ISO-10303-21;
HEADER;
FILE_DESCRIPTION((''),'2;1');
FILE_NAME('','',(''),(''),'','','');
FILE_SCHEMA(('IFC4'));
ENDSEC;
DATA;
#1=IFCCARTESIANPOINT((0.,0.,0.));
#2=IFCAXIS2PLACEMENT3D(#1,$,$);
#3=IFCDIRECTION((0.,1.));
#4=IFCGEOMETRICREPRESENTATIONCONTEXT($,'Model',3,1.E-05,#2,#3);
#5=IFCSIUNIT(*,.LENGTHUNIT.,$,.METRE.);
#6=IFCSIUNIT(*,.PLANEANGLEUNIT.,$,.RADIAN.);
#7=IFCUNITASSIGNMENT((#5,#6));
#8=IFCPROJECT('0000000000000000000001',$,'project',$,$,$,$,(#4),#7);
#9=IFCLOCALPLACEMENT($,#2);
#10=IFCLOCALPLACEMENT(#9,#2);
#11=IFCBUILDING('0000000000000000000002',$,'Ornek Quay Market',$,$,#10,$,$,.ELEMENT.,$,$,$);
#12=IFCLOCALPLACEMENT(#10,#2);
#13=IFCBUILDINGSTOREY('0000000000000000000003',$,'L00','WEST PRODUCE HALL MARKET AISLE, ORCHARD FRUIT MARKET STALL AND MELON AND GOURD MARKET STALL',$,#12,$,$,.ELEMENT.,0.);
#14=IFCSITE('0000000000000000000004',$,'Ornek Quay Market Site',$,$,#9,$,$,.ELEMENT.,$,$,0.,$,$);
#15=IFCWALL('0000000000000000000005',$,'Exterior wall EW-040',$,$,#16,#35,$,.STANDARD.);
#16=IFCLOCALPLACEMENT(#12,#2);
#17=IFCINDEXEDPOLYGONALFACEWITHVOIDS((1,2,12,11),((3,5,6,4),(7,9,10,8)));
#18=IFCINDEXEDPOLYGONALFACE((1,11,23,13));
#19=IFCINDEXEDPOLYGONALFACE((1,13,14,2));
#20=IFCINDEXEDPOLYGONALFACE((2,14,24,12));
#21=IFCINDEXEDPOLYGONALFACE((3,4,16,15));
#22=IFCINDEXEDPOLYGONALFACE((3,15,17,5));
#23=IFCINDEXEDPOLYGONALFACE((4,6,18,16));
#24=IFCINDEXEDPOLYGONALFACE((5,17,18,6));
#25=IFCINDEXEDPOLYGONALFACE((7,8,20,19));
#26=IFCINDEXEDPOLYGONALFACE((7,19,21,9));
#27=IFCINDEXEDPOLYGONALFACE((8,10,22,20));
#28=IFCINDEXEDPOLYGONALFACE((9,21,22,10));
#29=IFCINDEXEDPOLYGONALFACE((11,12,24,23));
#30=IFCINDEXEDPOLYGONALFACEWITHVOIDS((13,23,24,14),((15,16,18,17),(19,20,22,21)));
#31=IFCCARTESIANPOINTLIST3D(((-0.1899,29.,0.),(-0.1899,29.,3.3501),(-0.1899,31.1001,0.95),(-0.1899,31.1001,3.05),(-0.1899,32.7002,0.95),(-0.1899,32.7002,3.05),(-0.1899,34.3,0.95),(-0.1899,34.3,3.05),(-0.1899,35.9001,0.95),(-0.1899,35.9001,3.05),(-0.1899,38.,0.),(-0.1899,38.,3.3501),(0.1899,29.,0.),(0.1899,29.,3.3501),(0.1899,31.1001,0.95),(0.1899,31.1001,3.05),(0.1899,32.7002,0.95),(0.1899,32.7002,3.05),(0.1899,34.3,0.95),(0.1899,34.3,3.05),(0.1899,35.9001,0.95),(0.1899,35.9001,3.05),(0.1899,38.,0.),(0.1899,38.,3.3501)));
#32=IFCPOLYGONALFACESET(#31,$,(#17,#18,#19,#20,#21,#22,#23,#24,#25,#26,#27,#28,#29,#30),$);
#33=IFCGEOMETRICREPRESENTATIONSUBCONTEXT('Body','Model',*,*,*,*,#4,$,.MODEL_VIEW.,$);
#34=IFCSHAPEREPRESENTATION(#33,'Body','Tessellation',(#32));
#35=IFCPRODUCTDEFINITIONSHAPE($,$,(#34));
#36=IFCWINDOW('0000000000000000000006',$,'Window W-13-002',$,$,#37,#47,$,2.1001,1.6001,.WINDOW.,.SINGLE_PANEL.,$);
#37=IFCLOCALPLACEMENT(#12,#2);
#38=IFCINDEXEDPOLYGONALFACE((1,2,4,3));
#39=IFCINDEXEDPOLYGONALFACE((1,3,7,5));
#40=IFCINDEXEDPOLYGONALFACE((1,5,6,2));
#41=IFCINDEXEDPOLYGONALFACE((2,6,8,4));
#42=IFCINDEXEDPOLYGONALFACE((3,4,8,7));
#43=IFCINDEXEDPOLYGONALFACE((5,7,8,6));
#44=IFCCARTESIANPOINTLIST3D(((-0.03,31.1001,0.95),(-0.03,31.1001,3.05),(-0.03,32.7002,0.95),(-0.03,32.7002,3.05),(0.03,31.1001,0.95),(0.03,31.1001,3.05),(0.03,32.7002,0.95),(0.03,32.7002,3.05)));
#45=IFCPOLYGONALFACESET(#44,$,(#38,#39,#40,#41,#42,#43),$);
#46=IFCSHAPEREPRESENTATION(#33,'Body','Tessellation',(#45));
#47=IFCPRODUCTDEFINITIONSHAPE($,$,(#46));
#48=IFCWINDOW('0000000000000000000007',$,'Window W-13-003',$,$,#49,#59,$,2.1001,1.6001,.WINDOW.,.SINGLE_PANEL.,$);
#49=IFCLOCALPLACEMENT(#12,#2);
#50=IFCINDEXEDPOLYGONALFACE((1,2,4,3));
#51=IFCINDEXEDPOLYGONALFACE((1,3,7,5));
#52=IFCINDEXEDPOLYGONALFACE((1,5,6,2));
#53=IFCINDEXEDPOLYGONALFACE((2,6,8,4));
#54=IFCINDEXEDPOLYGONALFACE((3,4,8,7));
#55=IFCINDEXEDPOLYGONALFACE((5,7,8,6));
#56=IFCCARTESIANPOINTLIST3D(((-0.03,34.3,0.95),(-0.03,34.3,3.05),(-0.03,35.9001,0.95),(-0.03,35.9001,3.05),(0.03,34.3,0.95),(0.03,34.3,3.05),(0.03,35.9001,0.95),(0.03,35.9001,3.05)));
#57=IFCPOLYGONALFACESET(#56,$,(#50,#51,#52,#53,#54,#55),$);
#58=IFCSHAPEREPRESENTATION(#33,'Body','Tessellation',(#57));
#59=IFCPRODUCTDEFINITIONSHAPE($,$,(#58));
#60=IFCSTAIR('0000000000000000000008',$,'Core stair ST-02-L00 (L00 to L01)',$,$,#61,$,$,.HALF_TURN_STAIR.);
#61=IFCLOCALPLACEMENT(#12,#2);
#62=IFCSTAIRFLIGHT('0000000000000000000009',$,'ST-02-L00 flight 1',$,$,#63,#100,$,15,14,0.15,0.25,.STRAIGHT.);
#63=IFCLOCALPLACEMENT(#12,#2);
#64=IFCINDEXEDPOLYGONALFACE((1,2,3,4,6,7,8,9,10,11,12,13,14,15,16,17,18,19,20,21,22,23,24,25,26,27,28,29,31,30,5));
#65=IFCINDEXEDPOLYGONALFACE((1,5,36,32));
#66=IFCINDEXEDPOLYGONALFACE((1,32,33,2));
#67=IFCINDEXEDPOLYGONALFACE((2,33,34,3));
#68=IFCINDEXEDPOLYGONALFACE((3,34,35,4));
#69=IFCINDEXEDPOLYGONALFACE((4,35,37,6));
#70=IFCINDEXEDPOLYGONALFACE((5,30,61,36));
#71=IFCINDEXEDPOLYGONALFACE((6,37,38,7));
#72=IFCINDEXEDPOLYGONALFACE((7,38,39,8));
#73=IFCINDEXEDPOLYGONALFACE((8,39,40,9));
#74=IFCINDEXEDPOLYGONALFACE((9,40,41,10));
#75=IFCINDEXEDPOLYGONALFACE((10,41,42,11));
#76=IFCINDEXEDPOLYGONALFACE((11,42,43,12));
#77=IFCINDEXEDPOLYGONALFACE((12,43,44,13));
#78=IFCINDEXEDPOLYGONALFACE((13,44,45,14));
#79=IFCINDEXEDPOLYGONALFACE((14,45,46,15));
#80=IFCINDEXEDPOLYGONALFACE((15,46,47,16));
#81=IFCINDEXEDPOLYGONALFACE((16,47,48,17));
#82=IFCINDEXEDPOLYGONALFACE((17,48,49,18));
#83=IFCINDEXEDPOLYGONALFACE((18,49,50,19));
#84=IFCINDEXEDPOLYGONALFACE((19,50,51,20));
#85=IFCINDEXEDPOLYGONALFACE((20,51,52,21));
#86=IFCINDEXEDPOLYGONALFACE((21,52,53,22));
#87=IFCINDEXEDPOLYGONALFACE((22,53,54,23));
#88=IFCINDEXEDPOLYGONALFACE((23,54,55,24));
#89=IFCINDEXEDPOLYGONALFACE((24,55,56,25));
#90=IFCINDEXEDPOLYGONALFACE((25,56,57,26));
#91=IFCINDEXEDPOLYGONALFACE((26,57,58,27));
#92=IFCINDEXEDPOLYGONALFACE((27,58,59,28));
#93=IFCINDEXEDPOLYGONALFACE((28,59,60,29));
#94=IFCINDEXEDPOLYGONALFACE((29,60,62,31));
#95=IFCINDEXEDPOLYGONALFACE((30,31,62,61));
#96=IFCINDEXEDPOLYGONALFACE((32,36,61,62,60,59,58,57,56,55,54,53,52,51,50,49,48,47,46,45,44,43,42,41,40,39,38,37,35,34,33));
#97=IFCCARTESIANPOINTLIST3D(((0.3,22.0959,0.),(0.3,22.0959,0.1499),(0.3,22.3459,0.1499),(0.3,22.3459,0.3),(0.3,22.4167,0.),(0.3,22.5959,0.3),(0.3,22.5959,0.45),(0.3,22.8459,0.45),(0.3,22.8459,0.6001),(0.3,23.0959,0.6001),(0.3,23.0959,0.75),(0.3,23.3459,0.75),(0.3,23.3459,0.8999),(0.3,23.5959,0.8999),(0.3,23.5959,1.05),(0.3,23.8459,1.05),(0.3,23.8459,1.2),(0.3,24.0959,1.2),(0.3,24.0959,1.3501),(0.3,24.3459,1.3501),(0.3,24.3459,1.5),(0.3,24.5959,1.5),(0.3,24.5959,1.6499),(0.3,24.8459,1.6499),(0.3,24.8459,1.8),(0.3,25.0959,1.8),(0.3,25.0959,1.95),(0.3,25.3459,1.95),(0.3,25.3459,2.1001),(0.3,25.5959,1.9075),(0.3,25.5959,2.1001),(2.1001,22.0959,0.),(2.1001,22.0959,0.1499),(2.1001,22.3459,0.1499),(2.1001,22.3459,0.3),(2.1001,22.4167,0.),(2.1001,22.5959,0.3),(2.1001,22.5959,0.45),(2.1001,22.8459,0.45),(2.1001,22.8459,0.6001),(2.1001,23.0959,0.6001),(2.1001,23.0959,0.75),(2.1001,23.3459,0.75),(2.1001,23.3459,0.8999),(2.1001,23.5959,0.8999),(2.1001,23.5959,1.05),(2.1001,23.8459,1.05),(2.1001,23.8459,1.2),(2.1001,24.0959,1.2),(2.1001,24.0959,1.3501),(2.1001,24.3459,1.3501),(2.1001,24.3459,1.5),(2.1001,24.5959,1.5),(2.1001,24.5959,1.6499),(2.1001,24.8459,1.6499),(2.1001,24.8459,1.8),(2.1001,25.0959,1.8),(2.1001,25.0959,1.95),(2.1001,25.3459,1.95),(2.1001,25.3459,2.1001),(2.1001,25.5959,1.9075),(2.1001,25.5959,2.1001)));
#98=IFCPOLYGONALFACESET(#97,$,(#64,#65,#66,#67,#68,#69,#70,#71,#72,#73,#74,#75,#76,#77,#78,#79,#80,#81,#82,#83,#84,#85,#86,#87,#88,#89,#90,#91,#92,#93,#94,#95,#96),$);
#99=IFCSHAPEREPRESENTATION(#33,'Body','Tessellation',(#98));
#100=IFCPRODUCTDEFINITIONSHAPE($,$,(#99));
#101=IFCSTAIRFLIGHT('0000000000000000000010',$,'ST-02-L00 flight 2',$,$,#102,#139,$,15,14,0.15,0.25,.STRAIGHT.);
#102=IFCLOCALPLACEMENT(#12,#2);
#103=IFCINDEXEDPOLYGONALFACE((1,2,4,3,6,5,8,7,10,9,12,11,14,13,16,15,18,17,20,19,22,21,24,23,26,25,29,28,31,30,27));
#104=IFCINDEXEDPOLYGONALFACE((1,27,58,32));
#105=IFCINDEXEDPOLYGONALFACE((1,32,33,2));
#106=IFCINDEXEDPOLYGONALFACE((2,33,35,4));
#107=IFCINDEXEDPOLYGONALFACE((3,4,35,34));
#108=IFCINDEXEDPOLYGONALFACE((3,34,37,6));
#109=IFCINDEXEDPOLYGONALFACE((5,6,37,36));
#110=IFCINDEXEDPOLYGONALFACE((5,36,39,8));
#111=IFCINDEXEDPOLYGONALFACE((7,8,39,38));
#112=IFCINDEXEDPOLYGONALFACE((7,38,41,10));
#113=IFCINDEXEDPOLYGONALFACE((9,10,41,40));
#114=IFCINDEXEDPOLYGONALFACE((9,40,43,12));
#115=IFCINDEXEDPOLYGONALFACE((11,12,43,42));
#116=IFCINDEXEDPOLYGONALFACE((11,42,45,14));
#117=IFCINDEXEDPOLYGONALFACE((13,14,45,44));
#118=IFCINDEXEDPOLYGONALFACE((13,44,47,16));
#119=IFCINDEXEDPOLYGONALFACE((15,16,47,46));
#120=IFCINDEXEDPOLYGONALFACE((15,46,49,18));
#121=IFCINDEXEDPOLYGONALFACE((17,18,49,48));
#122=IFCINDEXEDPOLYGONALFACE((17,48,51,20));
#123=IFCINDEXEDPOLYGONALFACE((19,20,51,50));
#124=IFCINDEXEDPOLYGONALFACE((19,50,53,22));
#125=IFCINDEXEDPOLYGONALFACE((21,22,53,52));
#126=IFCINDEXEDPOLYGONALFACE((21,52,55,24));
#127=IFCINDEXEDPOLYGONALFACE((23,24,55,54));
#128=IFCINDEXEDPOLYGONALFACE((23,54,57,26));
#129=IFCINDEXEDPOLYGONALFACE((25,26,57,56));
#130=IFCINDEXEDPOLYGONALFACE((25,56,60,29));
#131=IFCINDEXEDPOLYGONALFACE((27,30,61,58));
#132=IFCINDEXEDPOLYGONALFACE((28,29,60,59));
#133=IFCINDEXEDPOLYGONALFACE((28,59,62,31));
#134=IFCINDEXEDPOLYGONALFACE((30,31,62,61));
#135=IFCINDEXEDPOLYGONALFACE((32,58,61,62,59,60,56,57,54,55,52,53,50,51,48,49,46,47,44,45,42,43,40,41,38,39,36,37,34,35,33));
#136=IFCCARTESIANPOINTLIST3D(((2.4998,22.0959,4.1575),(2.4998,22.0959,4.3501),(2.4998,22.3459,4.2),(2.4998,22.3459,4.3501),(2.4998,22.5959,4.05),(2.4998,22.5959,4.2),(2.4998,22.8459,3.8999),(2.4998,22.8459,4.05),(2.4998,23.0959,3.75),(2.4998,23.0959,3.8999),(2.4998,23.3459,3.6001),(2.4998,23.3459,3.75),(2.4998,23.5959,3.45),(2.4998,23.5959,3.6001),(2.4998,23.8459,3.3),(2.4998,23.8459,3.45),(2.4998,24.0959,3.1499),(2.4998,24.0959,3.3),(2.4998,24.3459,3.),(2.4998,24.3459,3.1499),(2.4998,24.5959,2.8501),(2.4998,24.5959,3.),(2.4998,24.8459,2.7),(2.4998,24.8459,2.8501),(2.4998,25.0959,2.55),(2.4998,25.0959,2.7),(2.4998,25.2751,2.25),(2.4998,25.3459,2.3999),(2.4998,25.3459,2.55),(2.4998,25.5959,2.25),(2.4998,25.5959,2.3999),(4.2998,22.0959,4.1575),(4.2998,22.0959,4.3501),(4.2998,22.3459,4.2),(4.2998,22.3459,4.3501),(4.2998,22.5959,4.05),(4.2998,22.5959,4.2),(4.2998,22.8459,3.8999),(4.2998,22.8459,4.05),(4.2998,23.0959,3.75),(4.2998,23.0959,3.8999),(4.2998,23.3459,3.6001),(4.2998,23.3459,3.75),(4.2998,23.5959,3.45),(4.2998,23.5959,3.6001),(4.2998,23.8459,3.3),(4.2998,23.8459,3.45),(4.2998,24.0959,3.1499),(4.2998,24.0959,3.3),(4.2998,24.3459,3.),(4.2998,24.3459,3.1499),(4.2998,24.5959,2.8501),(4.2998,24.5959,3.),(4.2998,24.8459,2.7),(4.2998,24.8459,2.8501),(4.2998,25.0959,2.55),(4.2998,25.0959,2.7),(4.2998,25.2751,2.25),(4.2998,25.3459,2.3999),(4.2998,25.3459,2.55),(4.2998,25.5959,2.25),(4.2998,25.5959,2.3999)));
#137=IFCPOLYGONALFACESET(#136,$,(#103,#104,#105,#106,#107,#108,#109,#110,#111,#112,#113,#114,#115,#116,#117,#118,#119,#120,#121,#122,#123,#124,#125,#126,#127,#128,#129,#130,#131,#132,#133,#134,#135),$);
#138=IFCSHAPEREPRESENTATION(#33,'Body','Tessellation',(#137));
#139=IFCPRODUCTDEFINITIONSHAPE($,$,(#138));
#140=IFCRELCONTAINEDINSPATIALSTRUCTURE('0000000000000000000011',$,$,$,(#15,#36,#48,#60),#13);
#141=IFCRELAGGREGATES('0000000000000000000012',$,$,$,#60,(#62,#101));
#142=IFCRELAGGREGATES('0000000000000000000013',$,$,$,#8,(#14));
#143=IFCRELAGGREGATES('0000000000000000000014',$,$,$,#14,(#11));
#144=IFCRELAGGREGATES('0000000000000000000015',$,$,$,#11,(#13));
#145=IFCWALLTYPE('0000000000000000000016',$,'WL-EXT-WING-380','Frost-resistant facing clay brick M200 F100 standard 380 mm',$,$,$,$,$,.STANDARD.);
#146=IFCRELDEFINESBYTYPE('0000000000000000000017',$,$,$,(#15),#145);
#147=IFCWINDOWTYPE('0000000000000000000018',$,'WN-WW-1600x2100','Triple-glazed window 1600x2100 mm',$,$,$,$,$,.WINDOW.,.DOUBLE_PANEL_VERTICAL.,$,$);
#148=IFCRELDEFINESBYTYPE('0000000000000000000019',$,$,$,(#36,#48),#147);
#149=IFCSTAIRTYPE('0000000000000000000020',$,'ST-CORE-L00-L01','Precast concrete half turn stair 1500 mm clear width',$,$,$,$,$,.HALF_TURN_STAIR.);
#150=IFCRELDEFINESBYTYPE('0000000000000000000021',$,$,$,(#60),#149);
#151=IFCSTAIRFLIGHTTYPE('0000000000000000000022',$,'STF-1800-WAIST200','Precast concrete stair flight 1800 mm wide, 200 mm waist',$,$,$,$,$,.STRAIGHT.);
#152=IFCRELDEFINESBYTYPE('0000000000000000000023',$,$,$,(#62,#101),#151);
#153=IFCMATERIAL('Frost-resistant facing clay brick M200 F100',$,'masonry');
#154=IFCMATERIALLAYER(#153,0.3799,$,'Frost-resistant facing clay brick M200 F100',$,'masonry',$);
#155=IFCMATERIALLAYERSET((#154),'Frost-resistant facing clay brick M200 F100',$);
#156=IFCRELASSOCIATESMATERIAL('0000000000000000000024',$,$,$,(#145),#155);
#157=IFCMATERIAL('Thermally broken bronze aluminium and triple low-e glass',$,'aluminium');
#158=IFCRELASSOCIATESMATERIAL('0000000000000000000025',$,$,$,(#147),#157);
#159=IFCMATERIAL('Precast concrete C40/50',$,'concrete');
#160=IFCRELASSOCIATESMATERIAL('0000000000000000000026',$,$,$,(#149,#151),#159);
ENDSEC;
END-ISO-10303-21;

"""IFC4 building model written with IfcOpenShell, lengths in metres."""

from ifc_helpers import new_model, si_unit, direction, frame, frame_2d, origin, place, context, subcontext, project, spatial, polyline, rectangle, outline, extrude, material, layer, layer_set, type_object, element, fill, aggregate, save


model = new_model("IFC4")

# Units and contexts
model_context = context("Model", 3, precision=1e-05, world=origin(), true_north=direction((0.0, 1.0)))
body_context = subcontext(model_context, "Body", "Model", "MODEL_VIEW")
ifc_project = project(units=[si_unit("LENGTHUNIT", "METRE"), si_unit("PLANEANGLEUNIT", "RADIAN")], contexts=[model_context])

# Site, building, storey
site_placement = place(None, origin())
site = spatial("IfcSite", under=ifc_project, at=site_placement, Name="Ornek Quay Market Site", CompositionType="ELEMENT", RefElevation=0.0)
building_placement = place(site_placement, origin())
building = spatial("IfcBuilding", under=site, at=building_placement, Name="Ornek Quay Market", CompositionType="ELEMENT")
storey_placement = place(building_placement, origin())
storey = spatial("IfcBuildingStorey", under=building, at=storey_placement, Name="L00", Description="WEST PRODUCE HALL MARKET AISLE, ORCHARD FRUIT MARKET STALL AND MELON AND GOURD MARKET STALL", CompositionType="ELEMENT", Elevation=0.0)

# Wall, openings, windows
ifc_material_1 = material(Name="Frost-resistant facing clay brick M200 F100", Category="masonry")
ifc_layer_1 = layer(ifc_material_1, 0.3799, Name="Frost-resistant facing clay brick M200 F100", Category="masonry")
ifc_layer_set_1 = layer_set([ifc_layer_1], Name="Frost-resistant facing clay brick M200 F100")
wall_type_1 = type_object("IfcWallType", Name="WL-EXT-WING-380", Description="Frost-resistant facing clay brick M200 F100 standard 380 mm", PredefinedType="STANDARD", material=ifc_layer_set_1)
wall_1_placement = place(storey_placement, frame((0.0, 29.0, 0.0), z_axis=(0.0, 0.0, 1.0), x_axis=(0.0, 1.0, 0.0)))
wall_1 = element("IfcWall", 1, at=wall_1_placement, inside=storey, type_object=wall_type_1, Name="Exterior wall EW-040", PredefinedType="STANDARD", context=body_context, shape_type="SweptSolid", body=[
    extrude(rectangle(XDim=9.0, YDim=0.3799, at=frame_2d((4.5, 0.0))), origin(), (0.0, 0.0, 1.0), 3.3501),
])
opening_1_placement = place(wall_1_placement, frame((2.1001, 0.0, 0.95)))
opening_1 = element("IfcOpeningElement", 2, at=opening_1_placement, cuts=wall_1, PredefinedType="OPENING", context=body_context, shape_type="SweptSolid", body=[
    extrude(rectangle(XDim=1.6001, YDim=2.1001, at=frame_2d((0.8, 1.05))), frame((0.0, 0.2, 0.0), z_axis=(0.0, -1.0, 0.0), x_axis=(1.0, 0.0, 0.0)), (0.0, 0.0, 1.0), 0.3999),
])
opening_2_placement = place(wall_1_placement, frame((5.3, 0.0, 0.95)))
opening_2 = element("IfcOpeningElement", 3, at=opening_2_placement, cuts=wall_1, PredefinedType="OPENING", context=body_context, shape_type="SweptSolid", body=[
    extrude(rectangle(XDim=1.6001, YDim=2.1001, at=frame_2d((0.8, 1.05))), frame((0.0, 0.2, 0.0), z_axis=(0.0, -1.0, 0.0), x_axis=(1.0, 0.0, 0.0)), (0.0, 0.0, 1.0), 0.3999),
])
ifc_material_2 = material(Name="Thermally broken bronze aluminium and triple low-e glass", Category="aluminium")
window_type = type_object("IfcWindowType", Name="WN-WW-1600x2100", Description="Triple-glazed window 1600x2100 mm", PartitioningType="DOUBLE_PANEL_VERTICAL", PredefinedType="WINDOW", material=ifc_material_2)
window_1_placement = place(opening_1_placement, origin())
window_1 = element("IfcWindow", 4, at=window_1_placement, inside=storey, type_object=window_type, Name="Window W-13-002", OverallHeight=2.1001, OverallWidth=1.6001, PartitioningType="SINGLE_PANEL", PredefinedType="WINDOW", context=body_context, shape_type="SweptSolid", body=[
    extrude(rectangle(XDim=1.6001, YDim=2.1001, at=frame_2d((0.8, 1.05))), frame((0.0, 0.03, 0.0), z_axis=(0.0, -1.0, 0.0), x_axis=(1.0, 0.0, 0.0)), (0.0, 0.0, 1.0), 0.0601),
])
fill(opening_1, window_1)
window_2_placement = place(opening_2_placement, origin())
window_2 = element("IfcWindow", 5, at=window_2_placement, inside=storey, type_object=window_type, Name="Window W-13-003", OverallHeight=2.1001, OverallWidth=1.6001, PartitioningType="SINGLE_PANEL", PredefinedType="WINDOW", context=body_context, shape_type="SweptSolid", body=[
    extrude(rectangle(XDim=1.6001, YDim=2.1001, at=frame_2d((0.8, 1.05))), frame((0.0, 0.03, 0.0), z_axis=(0.0, -1.0, 0.0), x_axis=(1.0, 0.0, 0.0)), (0.0, 0.0, 1.0), 0.0601),
])
fill(opening_2, window_2)

# Stair, stair flights
ifc_material_3 = material(Name="Precast concrete C40/50", Category="concrete")
stair_type = type_object("IfcStairType", Name="ST-CORE-L00-L01", Description="Precast concrete half turn stair 1500 mm clear width", PredefinedType="HALF_TURN_STAIR", material=ifc_material_3)
stair_placement = place(storey_placement, origin())
stair = element("IfcStair", 6, at=stair_placement, inside=storey, type_object=stair_type, Name="Core stair ST-02-L00 (L00 to L01)", PredefinedType="HALF_TURN_STAIR")
stair_flight_type = type_object("IfcStairFlightType", Name="STF-1800-WAIST200", Description="Precast concrete stair flight 1800 mm wide, 200 mm waist", PredefinedType="STRAIGHT", material=ifc_material_3)
stair_flight_1_placement = place(storey_placement, frame((1.2, 22.0959, 0.0), z_axis=(0.0, 0.0, 1.0), x_axis=(0.0, 1.0, 0.0)))
stair_flight_1 = element("IfcStairFlight", 7, at=stair_flight_1_placement, type_object=stair_flight_type, Name="ST-02-L00 flight 1", NumberOfRisers=15, NumberOfTreads=14, PredefinedType="STRAIGHT", RiserHeight=0.15, TreadLength=0.25, context=body_context, shape_type="SweptSolid", body=[
    extrude(outline(polyline([(0.0, 0.0), (0.0, 0.1499), (0.25, 0.1499), (0.25, 0.3), (0.5, 0.3), (0.5, 0.45), (0.75, 0.45), (0.75, 0.6001), (1.0, 0.6001), (1.0, 0.75), (1.25, 0.75), (1.25, 0.8999), (1.5, 0.8999), (1.5, 1.05), (1.75, 1.05), (1.75, 1.2), (2.0, 1.2), (2.0, 1.3501), (2.25, 1.3501), (2.25, 1.5), (2.5, 1.5), (2.5, 1.6499), (2.75, 1.6499), (2.75, 1.8), (3.0, 1.8), (3.0, 1.95), (3.25, 1.95), (3.25, 2.1001), (3.5, 2.1001), (3.5, 2.25), (3.5, 1.9075), (0.3208, 0.0), (0.0, 0.0)])), frame((0.0, 0.8999, 0.0), z_axis=(0.0, -1.0, 0.0), x_axis=(1.0, 0.0, 0.0)), (0.0, 0.0, 1.0), 1.8),
])
stair_flight_2_placement = place(storey_placement, frame((3.3999, 25.5959, 2.25), z_axis=(0.0, 0.0, 1.0), x_axis=(0.0, -1.0, 0.0)))
stair_flight_2 = element("IfcStairFlight", 8, at=stair_flight_2_placement, type_object=stair_flight_type, Name="ST-02-L00 flight 2", NumberOfRisers=15, NumberOfTreads=14, PredefinedType="STRAIGHT", RiserHeight=0.15, TreadLength=0.25, context=body_context, shape_type="SweptSolid", body=[
    extrude(outline(polyline([(0.0, 0.0), (0.0, 0.1499), (0.25, 0.1499), (0.25, 0.3), (0.5, 0.3), (0.5, 0.45), (0.75, 0.45), (0.75, 0.6001), (1.0, 0.6001), (1.0, 0.75), (1.25, 0.75), (1.25, 0.8999), (1.5, 0.8999), (1.5, 1.05), (1.75, 1.05), (1.75, 1.2), (2.0, 1.2), (2.0, 1.3501), (2.25, 1.3501), (2.25, 1.5), (2.5, 1.5), (2.5, 1.6499), (2.75, 1.6499), (2.75, 1.8), (3.0, 1.8), (3.0, 1.95), (3.25, 1.95), (3.25, 2.1001), (3.5, 2.1001), (3.5, 2.25), (3.5, 1.9075), (0.3208, 0.0), (0.0, 0.0)])), frame((0.0, 0.8999, 0.0), z_axis=(0.0, -1.0, 0.0), x_axis=(1.0, 0.0, 0.0)), (0.0, 0.0, 1.0), 1.8),
])
aggregate(stair, [stair_flight_1, stair_flight_2])

save(model, "model.ifc")
